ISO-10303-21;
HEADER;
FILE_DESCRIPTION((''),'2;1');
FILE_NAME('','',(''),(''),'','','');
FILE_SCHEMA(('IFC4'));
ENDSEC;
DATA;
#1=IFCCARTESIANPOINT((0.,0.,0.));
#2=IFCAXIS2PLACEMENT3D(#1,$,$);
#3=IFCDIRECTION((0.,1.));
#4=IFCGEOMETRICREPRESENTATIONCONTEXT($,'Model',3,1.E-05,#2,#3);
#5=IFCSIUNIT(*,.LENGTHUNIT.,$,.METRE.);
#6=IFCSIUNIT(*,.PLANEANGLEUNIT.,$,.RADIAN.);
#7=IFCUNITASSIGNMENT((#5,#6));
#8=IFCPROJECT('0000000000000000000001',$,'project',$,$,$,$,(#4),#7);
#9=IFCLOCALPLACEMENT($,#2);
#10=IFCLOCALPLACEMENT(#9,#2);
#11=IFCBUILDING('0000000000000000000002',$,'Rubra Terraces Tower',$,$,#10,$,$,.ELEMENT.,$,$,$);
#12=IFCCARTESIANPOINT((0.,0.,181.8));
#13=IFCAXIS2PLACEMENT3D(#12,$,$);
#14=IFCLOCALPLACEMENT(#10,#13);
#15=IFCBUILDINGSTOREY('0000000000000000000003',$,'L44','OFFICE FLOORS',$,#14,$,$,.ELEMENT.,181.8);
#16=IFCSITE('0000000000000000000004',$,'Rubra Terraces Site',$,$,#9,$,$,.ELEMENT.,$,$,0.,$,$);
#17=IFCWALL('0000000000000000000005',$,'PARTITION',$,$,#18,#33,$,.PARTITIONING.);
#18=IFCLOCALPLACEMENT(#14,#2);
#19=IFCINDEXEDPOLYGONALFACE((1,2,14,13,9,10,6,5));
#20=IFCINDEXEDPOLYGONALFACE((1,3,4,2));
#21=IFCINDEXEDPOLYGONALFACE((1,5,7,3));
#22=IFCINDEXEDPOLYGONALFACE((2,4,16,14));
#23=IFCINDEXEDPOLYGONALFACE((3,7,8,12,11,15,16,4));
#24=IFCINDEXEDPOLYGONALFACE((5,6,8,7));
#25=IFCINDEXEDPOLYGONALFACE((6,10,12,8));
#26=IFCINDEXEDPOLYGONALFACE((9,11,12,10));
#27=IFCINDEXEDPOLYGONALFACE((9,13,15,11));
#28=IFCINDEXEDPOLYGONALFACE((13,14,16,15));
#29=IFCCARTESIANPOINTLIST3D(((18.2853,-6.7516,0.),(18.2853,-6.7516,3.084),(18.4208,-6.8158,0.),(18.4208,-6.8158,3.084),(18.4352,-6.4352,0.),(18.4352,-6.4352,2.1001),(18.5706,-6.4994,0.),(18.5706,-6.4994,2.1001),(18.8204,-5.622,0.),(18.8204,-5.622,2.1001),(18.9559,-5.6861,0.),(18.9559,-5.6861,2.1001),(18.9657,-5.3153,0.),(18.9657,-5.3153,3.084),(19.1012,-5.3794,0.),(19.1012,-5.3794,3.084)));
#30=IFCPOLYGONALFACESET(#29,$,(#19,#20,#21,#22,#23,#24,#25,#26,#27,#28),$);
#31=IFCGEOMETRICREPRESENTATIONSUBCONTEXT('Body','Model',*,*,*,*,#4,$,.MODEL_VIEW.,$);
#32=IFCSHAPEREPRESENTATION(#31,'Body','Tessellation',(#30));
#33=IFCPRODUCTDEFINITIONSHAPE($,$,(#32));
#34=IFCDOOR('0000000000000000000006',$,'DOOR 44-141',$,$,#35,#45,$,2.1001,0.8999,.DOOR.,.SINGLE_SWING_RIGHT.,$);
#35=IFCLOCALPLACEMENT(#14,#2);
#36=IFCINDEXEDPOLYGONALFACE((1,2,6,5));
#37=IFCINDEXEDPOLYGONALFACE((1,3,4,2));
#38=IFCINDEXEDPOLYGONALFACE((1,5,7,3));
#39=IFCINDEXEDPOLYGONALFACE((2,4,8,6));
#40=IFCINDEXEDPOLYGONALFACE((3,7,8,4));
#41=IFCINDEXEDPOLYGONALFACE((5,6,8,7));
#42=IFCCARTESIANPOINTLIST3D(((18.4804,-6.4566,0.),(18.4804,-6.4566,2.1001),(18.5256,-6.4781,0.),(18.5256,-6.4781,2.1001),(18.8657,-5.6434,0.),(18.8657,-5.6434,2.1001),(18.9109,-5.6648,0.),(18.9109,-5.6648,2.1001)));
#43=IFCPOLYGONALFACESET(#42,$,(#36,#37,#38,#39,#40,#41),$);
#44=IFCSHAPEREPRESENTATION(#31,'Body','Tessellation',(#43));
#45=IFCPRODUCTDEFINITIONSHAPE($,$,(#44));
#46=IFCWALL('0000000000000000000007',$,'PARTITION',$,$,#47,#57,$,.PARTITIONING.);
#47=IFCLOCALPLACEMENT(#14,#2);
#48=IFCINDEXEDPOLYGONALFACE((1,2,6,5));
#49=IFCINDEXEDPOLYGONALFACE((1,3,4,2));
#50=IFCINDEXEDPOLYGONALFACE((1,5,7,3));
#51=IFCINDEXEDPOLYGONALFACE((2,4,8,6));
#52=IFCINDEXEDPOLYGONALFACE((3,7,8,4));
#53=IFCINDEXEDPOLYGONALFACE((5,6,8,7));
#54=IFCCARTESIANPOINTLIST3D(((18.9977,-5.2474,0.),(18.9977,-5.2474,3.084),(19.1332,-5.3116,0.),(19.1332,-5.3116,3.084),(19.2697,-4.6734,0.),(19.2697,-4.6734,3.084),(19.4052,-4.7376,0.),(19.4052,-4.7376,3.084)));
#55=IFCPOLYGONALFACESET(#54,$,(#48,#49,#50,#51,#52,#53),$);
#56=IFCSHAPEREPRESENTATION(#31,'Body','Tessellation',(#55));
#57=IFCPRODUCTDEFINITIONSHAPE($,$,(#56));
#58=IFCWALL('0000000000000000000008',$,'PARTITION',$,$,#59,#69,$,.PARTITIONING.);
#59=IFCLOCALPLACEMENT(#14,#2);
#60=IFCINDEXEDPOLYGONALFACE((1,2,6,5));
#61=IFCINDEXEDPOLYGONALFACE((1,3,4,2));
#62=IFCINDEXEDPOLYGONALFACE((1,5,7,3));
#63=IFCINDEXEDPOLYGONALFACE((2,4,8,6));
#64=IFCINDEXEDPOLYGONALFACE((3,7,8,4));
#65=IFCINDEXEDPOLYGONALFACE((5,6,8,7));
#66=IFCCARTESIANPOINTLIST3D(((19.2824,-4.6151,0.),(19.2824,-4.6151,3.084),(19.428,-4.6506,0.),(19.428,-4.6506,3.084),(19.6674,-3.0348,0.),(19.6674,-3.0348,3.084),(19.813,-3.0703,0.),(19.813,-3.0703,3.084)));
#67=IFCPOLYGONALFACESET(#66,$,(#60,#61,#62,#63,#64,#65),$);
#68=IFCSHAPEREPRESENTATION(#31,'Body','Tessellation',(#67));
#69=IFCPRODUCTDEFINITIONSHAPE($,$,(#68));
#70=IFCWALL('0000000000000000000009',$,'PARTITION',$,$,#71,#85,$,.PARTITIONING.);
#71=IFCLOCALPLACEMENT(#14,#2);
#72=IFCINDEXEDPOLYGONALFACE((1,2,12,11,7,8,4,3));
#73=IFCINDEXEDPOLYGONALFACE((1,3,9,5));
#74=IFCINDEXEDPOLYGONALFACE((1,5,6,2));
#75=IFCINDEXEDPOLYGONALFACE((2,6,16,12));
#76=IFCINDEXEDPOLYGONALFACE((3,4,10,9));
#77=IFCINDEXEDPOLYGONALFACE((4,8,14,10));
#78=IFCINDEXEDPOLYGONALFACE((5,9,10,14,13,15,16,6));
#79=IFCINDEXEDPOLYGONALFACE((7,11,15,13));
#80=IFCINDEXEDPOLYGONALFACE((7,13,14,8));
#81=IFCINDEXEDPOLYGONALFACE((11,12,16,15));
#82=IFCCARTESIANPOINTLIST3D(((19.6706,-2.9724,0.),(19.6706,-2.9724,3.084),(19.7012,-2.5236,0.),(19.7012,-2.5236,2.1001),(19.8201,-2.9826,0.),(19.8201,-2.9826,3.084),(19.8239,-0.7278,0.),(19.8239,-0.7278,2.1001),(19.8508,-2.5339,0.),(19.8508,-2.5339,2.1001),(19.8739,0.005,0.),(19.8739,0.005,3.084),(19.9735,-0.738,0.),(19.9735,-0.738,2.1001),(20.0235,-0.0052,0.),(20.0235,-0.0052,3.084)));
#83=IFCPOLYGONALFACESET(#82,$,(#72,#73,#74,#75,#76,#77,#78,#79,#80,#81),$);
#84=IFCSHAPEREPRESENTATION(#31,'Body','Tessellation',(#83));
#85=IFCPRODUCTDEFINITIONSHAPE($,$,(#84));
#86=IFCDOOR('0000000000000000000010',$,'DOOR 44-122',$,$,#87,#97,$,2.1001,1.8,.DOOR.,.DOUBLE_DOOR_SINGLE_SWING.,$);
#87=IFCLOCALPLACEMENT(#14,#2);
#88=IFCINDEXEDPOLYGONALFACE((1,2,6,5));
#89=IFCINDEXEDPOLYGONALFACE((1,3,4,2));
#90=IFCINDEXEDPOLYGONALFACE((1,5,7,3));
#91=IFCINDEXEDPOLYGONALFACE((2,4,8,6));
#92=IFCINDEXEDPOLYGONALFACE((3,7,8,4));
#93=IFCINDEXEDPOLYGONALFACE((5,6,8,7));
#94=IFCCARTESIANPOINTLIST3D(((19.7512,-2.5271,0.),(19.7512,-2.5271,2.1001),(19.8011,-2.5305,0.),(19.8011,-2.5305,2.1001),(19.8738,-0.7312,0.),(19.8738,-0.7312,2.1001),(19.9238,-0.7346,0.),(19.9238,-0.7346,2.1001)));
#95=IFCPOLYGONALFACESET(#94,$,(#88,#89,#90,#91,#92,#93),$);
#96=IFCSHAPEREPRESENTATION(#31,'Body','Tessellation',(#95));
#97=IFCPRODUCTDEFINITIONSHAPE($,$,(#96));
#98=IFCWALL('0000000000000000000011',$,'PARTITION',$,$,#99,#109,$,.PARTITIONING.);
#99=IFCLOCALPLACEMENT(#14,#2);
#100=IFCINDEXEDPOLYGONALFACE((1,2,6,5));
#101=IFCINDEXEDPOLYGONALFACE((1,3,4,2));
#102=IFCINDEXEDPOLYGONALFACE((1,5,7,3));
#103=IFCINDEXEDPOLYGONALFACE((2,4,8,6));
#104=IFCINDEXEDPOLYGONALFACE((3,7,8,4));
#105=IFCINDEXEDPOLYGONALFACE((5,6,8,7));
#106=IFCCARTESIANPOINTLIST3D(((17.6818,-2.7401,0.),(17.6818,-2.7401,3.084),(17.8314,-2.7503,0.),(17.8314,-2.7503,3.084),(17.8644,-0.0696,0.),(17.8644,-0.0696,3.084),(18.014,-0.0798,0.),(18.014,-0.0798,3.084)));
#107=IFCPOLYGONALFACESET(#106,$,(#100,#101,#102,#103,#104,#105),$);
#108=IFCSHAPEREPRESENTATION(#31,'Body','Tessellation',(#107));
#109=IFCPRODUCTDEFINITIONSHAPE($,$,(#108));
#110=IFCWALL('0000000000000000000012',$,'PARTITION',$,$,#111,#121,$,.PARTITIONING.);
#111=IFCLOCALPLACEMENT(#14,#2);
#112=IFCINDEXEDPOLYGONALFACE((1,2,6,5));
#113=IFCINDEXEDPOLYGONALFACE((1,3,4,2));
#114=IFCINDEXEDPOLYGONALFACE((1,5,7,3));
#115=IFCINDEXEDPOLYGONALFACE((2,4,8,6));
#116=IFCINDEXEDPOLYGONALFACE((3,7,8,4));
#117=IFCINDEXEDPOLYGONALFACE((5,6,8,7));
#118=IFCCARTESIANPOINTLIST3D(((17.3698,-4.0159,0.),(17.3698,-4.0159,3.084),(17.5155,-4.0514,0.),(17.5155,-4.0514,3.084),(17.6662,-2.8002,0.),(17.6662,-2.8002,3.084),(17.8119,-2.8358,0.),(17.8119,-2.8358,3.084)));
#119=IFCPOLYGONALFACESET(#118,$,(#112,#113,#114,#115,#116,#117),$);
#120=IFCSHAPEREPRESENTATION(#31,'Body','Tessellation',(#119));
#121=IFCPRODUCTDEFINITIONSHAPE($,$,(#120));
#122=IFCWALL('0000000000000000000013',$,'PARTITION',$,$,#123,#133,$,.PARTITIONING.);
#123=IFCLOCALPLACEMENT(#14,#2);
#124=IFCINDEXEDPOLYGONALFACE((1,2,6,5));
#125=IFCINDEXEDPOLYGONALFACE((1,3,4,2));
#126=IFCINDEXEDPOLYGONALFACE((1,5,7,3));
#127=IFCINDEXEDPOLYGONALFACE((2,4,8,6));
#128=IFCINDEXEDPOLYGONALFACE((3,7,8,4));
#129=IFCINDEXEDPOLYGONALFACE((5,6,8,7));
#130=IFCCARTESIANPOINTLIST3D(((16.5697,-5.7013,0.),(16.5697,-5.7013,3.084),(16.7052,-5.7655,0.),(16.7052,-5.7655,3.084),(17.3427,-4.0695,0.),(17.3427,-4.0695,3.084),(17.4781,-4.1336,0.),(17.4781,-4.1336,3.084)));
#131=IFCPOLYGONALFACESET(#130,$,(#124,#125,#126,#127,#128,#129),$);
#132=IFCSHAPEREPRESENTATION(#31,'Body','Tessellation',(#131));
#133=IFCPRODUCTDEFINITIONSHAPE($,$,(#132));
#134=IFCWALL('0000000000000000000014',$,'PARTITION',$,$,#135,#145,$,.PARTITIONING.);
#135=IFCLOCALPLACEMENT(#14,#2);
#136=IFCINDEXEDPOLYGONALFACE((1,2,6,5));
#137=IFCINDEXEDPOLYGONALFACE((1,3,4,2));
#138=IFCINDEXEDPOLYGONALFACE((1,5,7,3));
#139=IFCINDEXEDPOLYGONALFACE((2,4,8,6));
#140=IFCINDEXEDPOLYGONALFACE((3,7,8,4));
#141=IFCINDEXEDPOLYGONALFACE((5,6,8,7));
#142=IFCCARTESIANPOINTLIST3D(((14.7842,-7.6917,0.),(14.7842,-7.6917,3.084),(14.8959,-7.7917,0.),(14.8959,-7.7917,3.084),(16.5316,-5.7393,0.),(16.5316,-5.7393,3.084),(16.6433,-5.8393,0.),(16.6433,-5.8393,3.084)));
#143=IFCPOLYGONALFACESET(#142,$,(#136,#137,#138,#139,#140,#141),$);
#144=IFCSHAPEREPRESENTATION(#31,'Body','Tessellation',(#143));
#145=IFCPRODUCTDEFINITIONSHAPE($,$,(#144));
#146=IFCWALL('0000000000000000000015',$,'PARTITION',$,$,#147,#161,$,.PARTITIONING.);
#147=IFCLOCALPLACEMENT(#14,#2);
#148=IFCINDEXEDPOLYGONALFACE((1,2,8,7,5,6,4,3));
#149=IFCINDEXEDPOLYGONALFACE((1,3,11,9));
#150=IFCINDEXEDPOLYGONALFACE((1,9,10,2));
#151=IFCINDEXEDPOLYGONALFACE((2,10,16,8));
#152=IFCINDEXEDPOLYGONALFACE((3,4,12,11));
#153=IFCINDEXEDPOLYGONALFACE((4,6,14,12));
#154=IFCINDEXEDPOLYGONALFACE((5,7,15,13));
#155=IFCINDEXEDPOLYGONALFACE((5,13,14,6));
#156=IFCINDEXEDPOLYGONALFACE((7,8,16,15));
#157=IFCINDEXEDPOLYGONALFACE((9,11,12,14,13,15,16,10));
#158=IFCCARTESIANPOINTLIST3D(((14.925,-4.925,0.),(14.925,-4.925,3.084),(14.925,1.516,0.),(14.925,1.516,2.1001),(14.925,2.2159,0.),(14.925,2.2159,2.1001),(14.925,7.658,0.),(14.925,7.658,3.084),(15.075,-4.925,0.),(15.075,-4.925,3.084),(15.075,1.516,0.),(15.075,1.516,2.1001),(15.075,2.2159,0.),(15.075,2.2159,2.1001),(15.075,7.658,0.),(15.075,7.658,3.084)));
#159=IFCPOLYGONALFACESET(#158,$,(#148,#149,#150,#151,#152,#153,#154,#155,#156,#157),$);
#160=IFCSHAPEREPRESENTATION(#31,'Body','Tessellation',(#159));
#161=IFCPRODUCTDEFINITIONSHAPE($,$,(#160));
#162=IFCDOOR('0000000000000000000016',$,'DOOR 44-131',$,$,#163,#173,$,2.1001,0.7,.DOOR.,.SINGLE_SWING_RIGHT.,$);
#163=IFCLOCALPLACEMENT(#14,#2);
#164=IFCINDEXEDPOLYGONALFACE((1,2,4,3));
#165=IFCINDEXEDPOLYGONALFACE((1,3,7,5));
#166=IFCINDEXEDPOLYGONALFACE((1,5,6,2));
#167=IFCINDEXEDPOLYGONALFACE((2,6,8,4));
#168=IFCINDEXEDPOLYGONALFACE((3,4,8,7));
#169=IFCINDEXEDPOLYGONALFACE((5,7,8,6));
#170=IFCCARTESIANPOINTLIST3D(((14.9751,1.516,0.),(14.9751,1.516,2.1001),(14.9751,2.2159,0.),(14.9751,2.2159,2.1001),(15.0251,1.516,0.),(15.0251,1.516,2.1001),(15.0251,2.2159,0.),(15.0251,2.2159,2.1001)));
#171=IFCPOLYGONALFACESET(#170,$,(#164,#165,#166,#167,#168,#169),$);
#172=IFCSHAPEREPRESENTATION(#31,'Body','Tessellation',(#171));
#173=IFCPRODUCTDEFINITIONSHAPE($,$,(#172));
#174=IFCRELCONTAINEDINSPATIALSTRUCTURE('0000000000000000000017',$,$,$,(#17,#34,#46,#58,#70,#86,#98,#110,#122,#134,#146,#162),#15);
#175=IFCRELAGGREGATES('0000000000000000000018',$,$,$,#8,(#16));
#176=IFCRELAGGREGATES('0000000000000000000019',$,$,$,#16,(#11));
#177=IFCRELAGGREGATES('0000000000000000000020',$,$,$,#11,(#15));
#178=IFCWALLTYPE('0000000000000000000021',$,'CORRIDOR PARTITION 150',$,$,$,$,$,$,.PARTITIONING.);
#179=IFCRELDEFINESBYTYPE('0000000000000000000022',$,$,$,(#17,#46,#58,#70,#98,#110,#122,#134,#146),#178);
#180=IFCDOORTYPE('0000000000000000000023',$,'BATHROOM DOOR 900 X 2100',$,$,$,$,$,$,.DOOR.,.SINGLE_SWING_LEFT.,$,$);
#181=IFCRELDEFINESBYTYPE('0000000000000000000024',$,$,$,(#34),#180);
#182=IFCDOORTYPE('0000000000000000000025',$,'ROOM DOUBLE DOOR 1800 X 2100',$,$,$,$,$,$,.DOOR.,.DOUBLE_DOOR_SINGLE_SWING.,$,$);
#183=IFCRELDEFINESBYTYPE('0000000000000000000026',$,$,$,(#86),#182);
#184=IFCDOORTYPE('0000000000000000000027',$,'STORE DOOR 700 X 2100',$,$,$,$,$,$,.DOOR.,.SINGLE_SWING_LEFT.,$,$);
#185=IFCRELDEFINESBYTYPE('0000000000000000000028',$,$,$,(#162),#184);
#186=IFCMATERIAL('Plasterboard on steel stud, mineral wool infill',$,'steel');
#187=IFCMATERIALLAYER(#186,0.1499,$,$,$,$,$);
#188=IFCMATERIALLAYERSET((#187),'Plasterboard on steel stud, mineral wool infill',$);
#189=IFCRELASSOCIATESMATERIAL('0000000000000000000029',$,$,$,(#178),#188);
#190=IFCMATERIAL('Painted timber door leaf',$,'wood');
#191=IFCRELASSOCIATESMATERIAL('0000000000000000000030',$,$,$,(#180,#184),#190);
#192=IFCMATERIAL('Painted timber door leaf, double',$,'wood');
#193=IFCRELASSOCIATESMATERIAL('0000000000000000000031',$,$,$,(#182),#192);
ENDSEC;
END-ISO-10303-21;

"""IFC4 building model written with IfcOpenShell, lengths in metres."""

from ifc_helpers import new_model, si_unit, direction, frame, frame_2d, origin, place, context, subcontext, project, spatial, rectangle, extrude, material, layer, layer_set, type_object, element, fill, save


model = new_model("IFC4")

# Units and contexts
model_context = context("Model", 3, precision=1e-05, world=origin(), true_north=direction((0.0, 1.0)))
body_context = subcontext(model_context, "Body", "Model", "MODEL_VIEW")
ifc_project = project(units=[si_unit("LENGTHUNIT", "METRE"), si_unit("PLANEANGLEUNIT", "RADIAN")], contexts=[model_context])

# Site, building, storey
site_placement = place(None, origin())
site = spatial("IfcSite", under=ifc_project, at=site_placement, Name="Rubra Terraces Site", CompositionType="ELEMENT", RefElevation=0.0)
building_placement = place(site_placement, origin())
building = spatial("IfcBuilding", under=site, at=building_placement, Name="Rubra Terraces Tower", CompositionType="ELEMENT")
storey_placement = place(building_placement, frame((0.0, 0.0, 181.8)))
storey = spatial("IfcBuildingStorey", under=building, at=storey_placement, Name="L44", Description="OFFICE FLOORS", CompositionType="ELEMENT", Elevation=181.8)

# Wall, opening, door
ifc_material_1 = material(Name="Plasterboard on steel stud, mineral wool infill", Category="steel")
ifc_layer_1 = layer(ifc_material_1, 0.1499)
ifc_layer_set_1 = layer_set([ifc_layer_1], Name="Plasterboard on steel stud, mineral wool infill")
wall_type_1 = type_object("IfcWallType", Name="CORRIDOR PARTITION 150", PredefinedType="PARTITIONING", material=ifc_layer_set_1)
wall_1_placement = place(storey_placement, frame((18.353, -6.7837, 0.0), z_axis=(0.0, 0.0, 1.0), x_axis=(0.428126, 0.903719, 0.0)))
wall_1 = element("IfcWall", 1, at=wall_1_placement, inside=storey, type_object=wall_type_1, Name="PARTITION", PredefinedType="PARTITIONING", context=body_context, shape_type="SweptSolid", body=[
    extrude(rectangle(XDim=1.5894, YDim=0.1499, at=frame_2d((0.7947, 0.0))), origin(), (0.0, 0.0, 1.0), 3.084),
])
opening_1_placement = place(wall_1_placement, frame((0.3501, 0.0, 0.0)))
opening_1 = element("IfcOpeningElement", 2, at=opening_1_placement, cuts=wall_1, PredefinedType="OPENING", context=body_context, shape_type="SweptSolid", body=[
    extrude(rectangle(XDim=0.8999, YDim=2.1001, at=frame_2d((0.45, 1.05))), frame((0.0, 0.085, 0.0), z_axis=(0.0, -1.0, 0.0), x_axis=(1.0, 0.0, 0.0)), (0.0, 0.0, 1.0), 0.1699),
])
ifc_material_2 = material(Name="Painted timber door leaf", Category="wood")
door_type_1 = type_object("IfcDoorType", Name="BATHROOM DOOR 900 X 2100", OperationType="SINGLE_SWING_LEFT", PredefinedType="DOOR", material=ifc_material_2)
door_1_placement = place(opening_1_placement, origin())
door_1 = element("IfcDoor", 3, at=door_1_placement, inside=storey, type_object=door_type_1, Name="DOOR 44-141", OperationType="SINGLE_SWING_RIGHT", OverallHeight=2.1001, OverallWidth=0.8999, PredefinedType="DOOR", context=body_context, shape_type="SweptSolid", body=[
    extrude(rectangle(XDim=0.8999, YDim=2.1001, at=frame_2d((0.45, 1.05))), frame((0.0, 0.0249, 0.0), z_axis=(0.0, -1.0, 0.0), x_axis=(1.0, 0.0, 0.0)), (0.0, 0.0, 1.0), 0.05),
])
fill(opening_1, door_1)

# Walls
wall_2_placement = place(storey_placement, frame((19.0654, -5.2795, 0.0), z_axis=(0.0, 0.0, 1.0), x_axis=(0.428202, 0.903683, 0.0)))
element("IfcWall", 4, at=wall_2_placement, inside=storey, type_object=wall_type_1, Name="PARTITION", PredefinedType="PARTITIONING", context=body_context, shape_type="SweptSolid", body=[
    extrude(rectangle(XDim=0.6353, YDim=0.1499, at=frame_2d((0.3176, 0.0))), origin(), (0.0, 0.0, 1.0), 3.084),
])
wall_3_placement = place(storey_placement, frame((19.3552, -4.6328, 0.0), z_axis=(0.0, 0.0, 1.0), x_axis=(0.236704, 0.971582, 0.0)))
element("IfcWall", 5, at=wall_3_placement, inside=storey, type_object=wall_type_1, Name="PARTITION", PredefinedType="PARTITIONING", context=body_context, shape_type="SweptSolid", body=[
    extrude(rectangle(XDim=1.6265, YDim=0.1499, at=frame_2d((0.8132, 0.0))), origin(), (0.0, 0.0, 1.0), 3.084),
])

# Wall, opening, door
wall_4_placement = place(storey_placement, frame((19.7454, -2.9775, 0.0), z_axis=(0.0, 0.0, 1.0), x_axis=(0.068142, 0.997676, 0.0)))
wall_4 = element("IfcWall", 6, at=wall_4_placement, inside=storey, type_object=wall_type_1, Name="PARTITION", PredefinedType="PARTITIONING", context=body_context, shape_type="SweptSolid", body=[
    extrude(rectangle(XDim=2.9844, YDim=0.1499, at=frame_2d((1.4922, 0.0))), origin(), (0.0, 0.0, 1.0), 3.084),
])
opening_2_placement = place(wall_4_placement, frame((0.45, 0.0, 0.0)))
opening_2 = element("IfcOpeningElement", 7, at=opening_2_placement, cuts=wall_4, PredefinedType="OPENING", context=body_context, shape_type="SweptSolid", body=[
    extrude(rectangle(XDim=1.8, YDim=2.1001, at=frame_2d((0.8999, 1.05))), frame((0.0, 0.085, 0.0), z_axis=(0.0, -1.0, 0.0), x_axis=(1.0, 0.0, 0.0)), (0.0, 0.0, 1.0), 0.1699),
])
ifc_material_3 = material(Name="Painted timber door leaf, double", Category="wood")
door_type_2 = type_object("IfcDoorType", Name="ROOM DOUBLE DOOR 1800 X 2100", OperationType="DOUBLE_DOOR_SINGLE_SWING", PredefinedType="DOOR", material=ifc_material_3)
door_2_placement = place(opening_2_placement, origin())
door_2 = element("IfcDoor", 8, at=door_2_placement, inside=storey, type_object=door_type_2, Name="DOOR 44-122", OperationType="DOUBLE_DOOR_SINGLE_SWING", OverallHeight=2.1001, OverallWidth=1.8, PredefinedType="DOOR", context=body_context, shape_type="SweptSolid", body=[
    extrude(rectangle(XDim=1.8, YDim=2.1001, at=frame_2d((0.8999, 1.05))), frame((0.0, 0.0249, 0.0), z_axis=(0.0, -1.0, 0.0), x_axis=(1.0, 0.0, 0.0)), (0.0, 0.0, 1.0), 0.05),
])
fill(opening_2, door_2)

# Walls
wall_5_placement = place(storey_placement, frame((17.9392, -0.0747, 0.0), z_axis=(0.0, 0.0, 1.0), x_axis=(-0.068226, -0.99767, 0.0)))
element("IfcWall", 9, at=wall_5_placement, inside=storey, type_object=wall_type_1, Name="PARTITION", PredefinedType="PARTITIONING", context=body_context, shape_type="SweptSolid", body=[
    extrude(rectangle(XDim=2.6768, YDim=0.1499, at=frame_2d((1.3384, 0.0))), origin(), (0.0, 0.0, 1.0), 3.084),
])
wall_6_placement = place(storey_placement, frame((17.739, -2.8181, 0.0), z_axis=(0.0, 0.0, 1.0), x_axis=(-0.236884, -0.971538, 0.0)))
element("IfcWall", 10, at=wall_6_placement, inside=storey, type_object=wall_type_1, Name="PARTITION", PredefinedType="PARTITIONING", context=body_context, shape_type="SweptSolid", body=[
    extrude(rectangle(XDim=1.2512, YDim=0.1499, at=frame_2d((0.6255, 0.0))), origin(), (0.0, 0.0, 1.0), 3.084),
])
wall_7_placement = place(storey_placement, frame((17.4104, -4.1016, 0.0), z_axis=(0.0, 0.0, 1.0), x_axis=(-0.428075, -0.903743, 0.0)))
element("IfcWall", 11, at=wall_7_placement, inside=storey, type_object=wall_type_1, Name="PARTITION", PredefinedType="PARTITIONING", context=body_context, shape_type="SweptSolid", body=[
    extrude(rectangle(XDim=1.8057, YDim=0.1499, at=frame_2d((0.9028, 0.0))), origin(), (0.0, 0.0, 1.0), 3.084),
])
wall_8_placement = place(storey_placement, frame((16.5874, -5.7893, 0.0), z_axis=(0.0, 0.0, 1.0), x_axis=(-0.666887, -0.745158, 0.0)))
element("IfcWall", 12, at=wall_8_placement, inside=storey, type_object=wall_type_1, Name="PARTITION", PredefinedType="PARTITIONING", context=body_context, shape_type="SweptSolid", body=[
    extrude(rectangle(XDim=2.6201, YDim=0.1499, at=frame_2d((1.3101, 0.0))), origin(), (0.0, 0.0, 1.0), 3.084),
])

# Wall, opening, door
wall_9_placement = place(storey_placement, frame((15.0, -4.925, 0.0), z_axis=(0.0, 0.0, 1.0), x_axis=(0.0, 1.0, 0.0)))
wall_9 = element("IfcWall", 13, at=wall_9_placement, inside=storey, type_object=wall_type_1, Name="PARTITION", PredefinedType="PARTITIONING", context=body_context, shape_type="SweptSolid", body=[
    extrude(rectangle(XDim=12.583, YDim=0.1499, at=frame_2d((6.2915, 0.0))), origin(), (0.0, 0.0, 1.0), 3.084),
])
opening_3_placement = place(wall_9_placement, frame((6.4409, 0.0, 0.0)))
opening_3 = element("IfcOpeningElement", 14, at=opening_3_placement, cuts=wall_9, PredefinedType="OPENING", context=body_context, shape_type="SweptSolid", body=[
    extrude(rectangle(XDim=0.7, YDim=2.1001, at=frame_2d((0.3501, 1.05))), frame((0.0, 0.085, 0.0), z_axis=(0.0, -1.0, 0.0), x_axis=(1.0, 0.0, 0.0)), (0.0, 0.0, 1.0), 0.1699),
])
door_type_3 = type_object("IfcDoorType", Name="STORE DOOR 700 X 2100", OperationType="SINGLE_SWING_LEFT", PredefinedType="DOOR", material=ifc_material_2)
door_3_placement = place(opening_3_placement, origin())
door_3 = element("IfcDoor", 15, at=door_3_placement, inside=storey, type_object=door_type_3, Name="DOOR 44-131", OperationType="SINGLE_SWING_RIGHT", OverallHeight=2.1001, OverallWidth=0.7, PredefinedType="DOOR", context=body_context, shape_type="SweptSolid", body=[
    extrude(rectangle(XDim=0.7, YDim=2.1001, at=frame_2d((0.3501, 1.05))), frame((0.0, 0.0249, 0.0), z_axis=(0.0, -1.0, 0.0), x_axis=(1.0, 0.0, 0.0)), (0.0, 0.0, 1.0), 0.05),
])
fill(opening_3, door_3)

save(model, "model.ifc")
